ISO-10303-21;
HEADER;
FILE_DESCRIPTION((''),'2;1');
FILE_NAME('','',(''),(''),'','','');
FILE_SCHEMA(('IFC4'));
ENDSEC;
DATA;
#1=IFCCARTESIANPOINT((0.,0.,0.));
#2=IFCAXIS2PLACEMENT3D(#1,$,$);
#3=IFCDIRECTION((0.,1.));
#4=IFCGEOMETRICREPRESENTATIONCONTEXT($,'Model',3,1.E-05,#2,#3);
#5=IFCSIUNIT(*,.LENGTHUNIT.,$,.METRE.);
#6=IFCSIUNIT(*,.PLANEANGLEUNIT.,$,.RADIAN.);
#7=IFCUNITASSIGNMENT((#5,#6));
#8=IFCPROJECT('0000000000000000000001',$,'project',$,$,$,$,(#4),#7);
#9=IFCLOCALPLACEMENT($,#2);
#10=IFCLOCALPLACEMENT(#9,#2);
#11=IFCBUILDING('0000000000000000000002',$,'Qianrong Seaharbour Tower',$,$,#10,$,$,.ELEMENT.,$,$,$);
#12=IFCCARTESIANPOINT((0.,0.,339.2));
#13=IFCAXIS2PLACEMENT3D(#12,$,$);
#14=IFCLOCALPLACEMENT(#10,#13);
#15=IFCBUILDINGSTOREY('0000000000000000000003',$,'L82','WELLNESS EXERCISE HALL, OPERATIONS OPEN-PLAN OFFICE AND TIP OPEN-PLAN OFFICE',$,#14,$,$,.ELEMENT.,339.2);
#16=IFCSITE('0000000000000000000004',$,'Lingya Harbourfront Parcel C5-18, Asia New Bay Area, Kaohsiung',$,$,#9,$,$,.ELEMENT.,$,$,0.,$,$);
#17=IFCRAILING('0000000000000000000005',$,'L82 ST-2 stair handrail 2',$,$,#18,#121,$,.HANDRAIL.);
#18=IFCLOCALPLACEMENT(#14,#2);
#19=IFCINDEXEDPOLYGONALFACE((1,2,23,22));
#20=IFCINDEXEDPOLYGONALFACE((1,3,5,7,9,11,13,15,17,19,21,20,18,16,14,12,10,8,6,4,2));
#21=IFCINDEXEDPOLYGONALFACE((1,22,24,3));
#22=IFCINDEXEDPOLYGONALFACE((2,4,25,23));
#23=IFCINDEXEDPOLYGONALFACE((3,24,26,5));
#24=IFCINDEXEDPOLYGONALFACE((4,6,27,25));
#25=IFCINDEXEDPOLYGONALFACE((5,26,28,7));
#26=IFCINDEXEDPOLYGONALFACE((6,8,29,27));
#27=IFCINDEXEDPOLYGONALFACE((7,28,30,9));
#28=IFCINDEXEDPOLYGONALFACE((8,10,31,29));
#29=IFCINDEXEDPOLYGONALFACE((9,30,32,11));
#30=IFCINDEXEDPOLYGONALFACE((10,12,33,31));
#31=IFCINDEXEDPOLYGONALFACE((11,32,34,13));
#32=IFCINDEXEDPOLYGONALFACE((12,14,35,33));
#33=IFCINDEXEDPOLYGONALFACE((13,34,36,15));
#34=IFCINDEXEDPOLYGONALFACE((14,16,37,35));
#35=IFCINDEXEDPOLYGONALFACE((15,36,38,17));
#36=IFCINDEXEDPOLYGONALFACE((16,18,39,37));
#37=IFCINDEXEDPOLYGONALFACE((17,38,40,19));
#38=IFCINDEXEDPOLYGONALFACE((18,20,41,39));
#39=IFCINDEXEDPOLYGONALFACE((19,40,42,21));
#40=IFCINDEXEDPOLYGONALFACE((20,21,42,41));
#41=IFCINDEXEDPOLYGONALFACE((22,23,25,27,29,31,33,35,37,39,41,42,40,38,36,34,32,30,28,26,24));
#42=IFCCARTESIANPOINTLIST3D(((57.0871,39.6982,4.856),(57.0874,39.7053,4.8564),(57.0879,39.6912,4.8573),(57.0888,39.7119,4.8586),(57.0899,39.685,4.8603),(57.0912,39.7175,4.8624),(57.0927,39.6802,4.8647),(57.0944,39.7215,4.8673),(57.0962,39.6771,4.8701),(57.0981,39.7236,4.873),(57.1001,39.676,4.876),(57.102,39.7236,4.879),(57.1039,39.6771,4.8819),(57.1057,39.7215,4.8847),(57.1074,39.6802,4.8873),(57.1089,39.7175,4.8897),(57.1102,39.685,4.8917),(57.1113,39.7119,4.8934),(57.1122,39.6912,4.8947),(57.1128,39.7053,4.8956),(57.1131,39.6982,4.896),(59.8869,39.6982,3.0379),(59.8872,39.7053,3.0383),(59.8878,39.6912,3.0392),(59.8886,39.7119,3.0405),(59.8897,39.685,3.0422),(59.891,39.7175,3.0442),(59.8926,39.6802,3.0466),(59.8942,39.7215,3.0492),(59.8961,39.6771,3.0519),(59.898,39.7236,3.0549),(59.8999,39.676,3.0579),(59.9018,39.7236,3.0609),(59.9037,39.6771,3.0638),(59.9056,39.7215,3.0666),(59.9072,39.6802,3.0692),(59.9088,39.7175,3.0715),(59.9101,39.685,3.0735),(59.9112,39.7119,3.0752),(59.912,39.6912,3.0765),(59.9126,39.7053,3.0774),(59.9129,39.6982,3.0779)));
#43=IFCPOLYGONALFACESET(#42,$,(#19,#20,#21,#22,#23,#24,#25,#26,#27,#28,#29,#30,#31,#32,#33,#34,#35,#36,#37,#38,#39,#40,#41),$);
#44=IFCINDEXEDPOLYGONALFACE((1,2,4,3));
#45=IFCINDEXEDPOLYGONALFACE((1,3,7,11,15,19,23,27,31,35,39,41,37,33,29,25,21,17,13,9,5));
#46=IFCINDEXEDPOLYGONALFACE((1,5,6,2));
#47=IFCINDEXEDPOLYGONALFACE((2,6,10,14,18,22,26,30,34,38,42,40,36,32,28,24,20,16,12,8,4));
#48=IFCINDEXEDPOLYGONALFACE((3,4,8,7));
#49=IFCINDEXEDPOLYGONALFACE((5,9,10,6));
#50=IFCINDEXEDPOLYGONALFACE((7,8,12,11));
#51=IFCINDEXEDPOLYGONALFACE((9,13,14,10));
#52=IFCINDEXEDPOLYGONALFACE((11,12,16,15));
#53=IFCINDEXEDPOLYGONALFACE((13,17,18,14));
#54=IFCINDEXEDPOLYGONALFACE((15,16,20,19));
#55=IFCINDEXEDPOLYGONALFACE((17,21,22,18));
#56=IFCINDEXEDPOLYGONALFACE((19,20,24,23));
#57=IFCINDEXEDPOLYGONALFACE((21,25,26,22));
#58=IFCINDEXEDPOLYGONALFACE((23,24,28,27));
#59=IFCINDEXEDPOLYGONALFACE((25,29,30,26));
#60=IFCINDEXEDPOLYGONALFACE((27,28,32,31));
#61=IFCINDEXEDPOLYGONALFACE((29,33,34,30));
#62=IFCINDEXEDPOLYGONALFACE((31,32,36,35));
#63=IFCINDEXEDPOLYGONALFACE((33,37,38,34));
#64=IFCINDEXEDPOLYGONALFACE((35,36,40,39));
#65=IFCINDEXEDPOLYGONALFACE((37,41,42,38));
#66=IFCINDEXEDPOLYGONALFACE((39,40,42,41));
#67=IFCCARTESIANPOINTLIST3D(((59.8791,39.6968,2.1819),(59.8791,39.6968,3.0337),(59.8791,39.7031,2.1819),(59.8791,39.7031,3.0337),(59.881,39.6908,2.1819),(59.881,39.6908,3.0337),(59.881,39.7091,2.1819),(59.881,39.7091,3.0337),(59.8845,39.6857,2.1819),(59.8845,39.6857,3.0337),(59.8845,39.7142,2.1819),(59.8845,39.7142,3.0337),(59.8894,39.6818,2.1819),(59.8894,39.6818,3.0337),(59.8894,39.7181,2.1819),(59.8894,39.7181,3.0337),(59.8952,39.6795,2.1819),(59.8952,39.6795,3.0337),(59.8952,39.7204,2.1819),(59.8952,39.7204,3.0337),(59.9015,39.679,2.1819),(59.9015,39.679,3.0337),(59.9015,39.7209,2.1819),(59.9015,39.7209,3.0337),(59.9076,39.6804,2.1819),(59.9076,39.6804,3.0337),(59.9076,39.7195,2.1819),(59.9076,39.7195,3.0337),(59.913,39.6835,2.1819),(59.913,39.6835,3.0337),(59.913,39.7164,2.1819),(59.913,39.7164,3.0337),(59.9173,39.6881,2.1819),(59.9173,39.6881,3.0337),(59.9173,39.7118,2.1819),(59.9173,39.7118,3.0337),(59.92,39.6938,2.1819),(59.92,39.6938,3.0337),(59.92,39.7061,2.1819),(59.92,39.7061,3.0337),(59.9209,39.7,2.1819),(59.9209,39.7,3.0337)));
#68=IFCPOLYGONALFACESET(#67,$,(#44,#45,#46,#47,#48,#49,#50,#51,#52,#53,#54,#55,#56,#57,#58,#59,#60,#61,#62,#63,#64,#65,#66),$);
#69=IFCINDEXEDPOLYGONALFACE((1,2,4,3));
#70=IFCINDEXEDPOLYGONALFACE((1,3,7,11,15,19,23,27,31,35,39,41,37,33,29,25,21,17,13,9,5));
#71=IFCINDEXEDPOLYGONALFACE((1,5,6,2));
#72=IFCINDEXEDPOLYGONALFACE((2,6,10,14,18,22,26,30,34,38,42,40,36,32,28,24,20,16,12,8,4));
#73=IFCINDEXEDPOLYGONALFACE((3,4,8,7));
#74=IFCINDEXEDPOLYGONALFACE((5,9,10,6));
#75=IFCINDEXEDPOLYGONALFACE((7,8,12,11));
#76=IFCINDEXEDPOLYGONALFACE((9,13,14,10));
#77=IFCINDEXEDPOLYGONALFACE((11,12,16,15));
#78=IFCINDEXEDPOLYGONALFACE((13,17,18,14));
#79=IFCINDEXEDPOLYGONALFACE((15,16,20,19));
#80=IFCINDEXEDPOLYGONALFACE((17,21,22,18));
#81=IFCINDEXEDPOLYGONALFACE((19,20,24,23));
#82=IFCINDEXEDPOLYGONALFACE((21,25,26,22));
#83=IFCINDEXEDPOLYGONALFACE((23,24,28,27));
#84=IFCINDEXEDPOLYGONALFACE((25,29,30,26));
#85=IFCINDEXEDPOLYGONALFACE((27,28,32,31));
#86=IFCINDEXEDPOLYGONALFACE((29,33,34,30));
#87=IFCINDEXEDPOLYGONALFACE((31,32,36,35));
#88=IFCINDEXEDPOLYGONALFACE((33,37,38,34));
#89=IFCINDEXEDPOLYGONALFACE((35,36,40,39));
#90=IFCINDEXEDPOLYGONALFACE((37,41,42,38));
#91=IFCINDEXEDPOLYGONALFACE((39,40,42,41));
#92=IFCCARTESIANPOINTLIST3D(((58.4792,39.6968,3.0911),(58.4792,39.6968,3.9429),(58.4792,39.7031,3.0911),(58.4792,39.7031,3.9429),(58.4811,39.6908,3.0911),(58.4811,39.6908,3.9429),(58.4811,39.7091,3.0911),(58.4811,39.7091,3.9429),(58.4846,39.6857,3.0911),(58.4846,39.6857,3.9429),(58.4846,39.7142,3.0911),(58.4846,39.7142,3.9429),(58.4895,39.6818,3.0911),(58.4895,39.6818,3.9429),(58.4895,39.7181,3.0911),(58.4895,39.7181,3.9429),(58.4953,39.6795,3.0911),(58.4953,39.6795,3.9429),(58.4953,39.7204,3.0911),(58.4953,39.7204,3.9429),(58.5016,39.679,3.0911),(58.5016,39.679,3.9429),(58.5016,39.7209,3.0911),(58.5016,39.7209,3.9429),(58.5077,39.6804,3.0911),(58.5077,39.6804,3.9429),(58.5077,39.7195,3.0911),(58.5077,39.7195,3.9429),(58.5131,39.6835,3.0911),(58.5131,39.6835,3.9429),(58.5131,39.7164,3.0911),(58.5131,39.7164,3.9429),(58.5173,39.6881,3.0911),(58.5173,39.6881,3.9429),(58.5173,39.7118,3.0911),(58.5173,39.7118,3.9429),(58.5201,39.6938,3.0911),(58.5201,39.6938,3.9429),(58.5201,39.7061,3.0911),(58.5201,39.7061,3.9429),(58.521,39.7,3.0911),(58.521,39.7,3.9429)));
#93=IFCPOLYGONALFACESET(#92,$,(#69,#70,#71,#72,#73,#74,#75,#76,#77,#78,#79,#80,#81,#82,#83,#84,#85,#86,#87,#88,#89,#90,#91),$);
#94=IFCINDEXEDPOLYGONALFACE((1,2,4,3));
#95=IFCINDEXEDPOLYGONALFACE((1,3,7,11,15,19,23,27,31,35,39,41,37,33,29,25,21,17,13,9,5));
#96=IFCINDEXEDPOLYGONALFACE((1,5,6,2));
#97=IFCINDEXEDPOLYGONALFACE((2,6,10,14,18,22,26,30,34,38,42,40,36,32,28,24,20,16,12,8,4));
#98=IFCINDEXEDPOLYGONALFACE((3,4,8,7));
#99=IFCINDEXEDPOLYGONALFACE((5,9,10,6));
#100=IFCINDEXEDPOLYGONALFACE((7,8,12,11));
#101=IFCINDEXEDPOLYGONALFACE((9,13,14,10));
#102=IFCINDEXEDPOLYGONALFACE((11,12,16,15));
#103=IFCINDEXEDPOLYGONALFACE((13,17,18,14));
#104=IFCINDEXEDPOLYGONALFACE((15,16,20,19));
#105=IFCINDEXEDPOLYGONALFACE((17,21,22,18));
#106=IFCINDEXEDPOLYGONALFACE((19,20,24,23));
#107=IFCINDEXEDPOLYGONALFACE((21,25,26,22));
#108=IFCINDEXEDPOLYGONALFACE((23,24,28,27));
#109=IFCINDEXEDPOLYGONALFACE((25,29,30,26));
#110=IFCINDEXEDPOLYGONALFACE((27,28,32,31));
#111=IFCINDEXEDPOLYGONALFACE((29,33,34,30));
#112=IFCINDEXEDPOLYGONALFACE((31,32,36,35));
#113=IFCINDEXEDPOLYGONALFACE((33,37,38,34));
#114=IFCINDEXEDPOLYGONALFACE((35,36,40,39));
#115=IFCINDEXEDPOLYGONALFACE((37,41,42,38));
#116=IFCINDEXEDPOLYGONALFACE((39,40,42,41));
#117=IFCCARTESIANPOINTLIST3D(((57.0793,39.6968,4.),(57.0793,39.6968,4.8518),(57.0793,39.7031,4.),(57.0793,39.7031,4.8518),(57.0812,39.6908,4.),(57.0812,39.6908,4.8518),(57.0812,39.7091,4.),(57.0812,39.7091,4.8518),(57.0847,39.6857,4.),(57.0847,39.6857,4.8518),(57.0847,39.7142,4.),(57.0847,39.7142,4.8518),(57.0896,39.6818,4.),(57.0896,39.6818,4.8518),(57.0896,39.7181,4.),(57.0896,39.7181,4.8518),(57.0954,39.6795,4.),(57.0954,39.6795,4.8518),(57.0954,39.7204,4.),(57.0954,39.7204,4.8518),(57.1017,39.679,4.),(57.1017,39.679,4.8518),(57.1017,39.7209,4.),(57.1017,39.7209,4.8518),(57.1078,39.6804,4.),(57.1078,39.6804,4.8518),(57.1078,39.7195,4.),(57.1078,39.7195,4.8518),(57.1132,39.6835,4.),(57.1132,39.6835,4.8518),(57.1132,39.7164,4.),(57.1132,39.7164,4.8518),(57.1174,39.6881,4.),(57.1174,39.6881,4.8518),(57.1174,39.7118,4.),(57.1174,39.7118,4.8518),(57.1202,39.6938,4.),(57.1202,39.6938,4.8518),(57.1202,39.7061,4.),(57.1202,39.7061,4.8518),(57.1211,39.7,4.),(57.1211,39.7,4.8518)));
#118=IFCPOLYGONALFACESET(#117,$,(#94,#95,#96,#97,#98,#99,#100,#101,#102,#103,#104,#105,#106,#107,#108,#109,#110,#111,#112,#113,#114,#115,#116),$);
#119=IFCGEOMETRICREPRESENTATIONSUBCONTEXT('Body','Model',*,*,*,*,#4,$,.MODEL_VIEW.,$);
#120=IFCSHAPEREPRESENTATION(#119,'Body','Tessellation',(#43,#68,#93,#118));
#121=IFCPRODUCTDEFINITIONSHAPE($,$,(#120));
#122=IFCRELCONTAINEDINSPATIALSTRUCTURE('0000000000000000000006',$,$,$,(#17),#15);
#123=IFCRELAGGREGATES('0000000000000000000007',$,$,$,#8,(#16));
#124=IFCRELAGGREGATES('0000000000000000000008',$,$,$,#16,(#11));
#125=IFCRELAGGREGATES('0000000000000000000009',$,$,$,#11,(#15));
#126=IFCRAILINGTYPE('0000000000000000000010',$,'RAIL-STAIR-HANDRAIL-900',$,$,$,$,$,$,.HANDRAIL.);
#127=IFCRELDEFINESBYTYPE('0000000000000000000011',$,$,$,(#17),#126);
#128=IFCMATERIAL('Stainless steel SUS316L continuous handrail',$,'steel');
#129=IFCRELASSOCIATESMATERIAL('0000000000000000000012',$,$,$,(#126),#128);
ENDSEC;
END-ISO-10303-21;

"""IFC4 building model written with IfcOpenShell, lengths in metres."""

from ifc_helpers import new_model, si_unit, direction, frame, origin, origin_2d, place, context, subcontext, project, spatial, circle, extrude, material, type_object, element, save


model = new_model("IFC4")

# Units and contexts
model_context = context("Model", 3, precision=1e-05, world=origin(), true_north=direction((0.0, 1.0)))
body_context = subcontext(model_context, "Body", "Model", "MODEL_VIEW")
ifc_project = project(units=[si_unit("LENGTHUNIT", "METRE"), si_unit("PLANEANGLEUNIT", "RADIAN")], contexts=[model_context])

# Site, building, storey
site_placement = place(None, origin())
site = spatial("IfcSite", under=ifc_project, at=site_placement, Name="Lingya Harbourfront Parcel C5-18, Asia New Bay Area, Kaohsiung", CompositionType="ELEMENT", RefElevation=0.0)
building_placement = place(site_placement, origin())
building = spatial("IfcBuilding", under=site, at=building_placement, Name="Qianrong Seaharbour Tower", CompositionType="ELEMENT")
storey_placement = place(building_placement, frame((0.0, 0.0, 339.2)))
storey = spatial("IfcBuildingStorey", under=building, at=storey_placement, Name="L82", Description="WELLNESS EXERCISE HALL, OPERATIONS OPEN-PLAN OFFICE AND TIP OPEN-PLAN OFFICE", CompositionType="ELEMENT", Elevation=339.2)

# Railing
ifc_material_1 = material(Name="Stainless steel SUS316L continuous handrail", Category="steel")
railing_type_1 = type_object("IfcRailingType", Name="RAIL-STAIR-HANDRAIL-900", PredefinedType="HANDRAIL", material=ifc_material_1)
railing_1_placement = place(storey_placement, frame((59.8999, 39.7, 2.1819)))
element("IfcRailing", 1, at=railing_1_placement, inside=storey, type_object=railing_type_1, Name="L82 ST-2 stair handrail 2", PredefinedType="HANDRAIL", context=body_context, shape_type="SweptSolid", body=[
    extrude(circle(Radius=0.0239, at=origin_2d()), frame((0.0, 0.0, 0.876), z_axis=(-0.838684, 0.0, 0.544618), x_axis=(0.0, -1.0, 0.0)), (0.0, 0.0, 1.0), 3.3384),
    extrude(circle(Radius=0.021, at=origin_2d()), origin(), (0.0, 0.0, 1.0), 0.8518),
    extrude(circle(Radius=0.021, at=origin_2d()), frame((-1.3999, 0.0, 0.9092)), (0.0, 0.0, 1.0), 0.8518),
    extrude(circle(Radius=0.021, at=origin_2d()), frame((-2.7998, 0.0, 1.8181)), (0.0, 0.0, 1.0), 0.8518),
])

save(model, "model.ifc")
